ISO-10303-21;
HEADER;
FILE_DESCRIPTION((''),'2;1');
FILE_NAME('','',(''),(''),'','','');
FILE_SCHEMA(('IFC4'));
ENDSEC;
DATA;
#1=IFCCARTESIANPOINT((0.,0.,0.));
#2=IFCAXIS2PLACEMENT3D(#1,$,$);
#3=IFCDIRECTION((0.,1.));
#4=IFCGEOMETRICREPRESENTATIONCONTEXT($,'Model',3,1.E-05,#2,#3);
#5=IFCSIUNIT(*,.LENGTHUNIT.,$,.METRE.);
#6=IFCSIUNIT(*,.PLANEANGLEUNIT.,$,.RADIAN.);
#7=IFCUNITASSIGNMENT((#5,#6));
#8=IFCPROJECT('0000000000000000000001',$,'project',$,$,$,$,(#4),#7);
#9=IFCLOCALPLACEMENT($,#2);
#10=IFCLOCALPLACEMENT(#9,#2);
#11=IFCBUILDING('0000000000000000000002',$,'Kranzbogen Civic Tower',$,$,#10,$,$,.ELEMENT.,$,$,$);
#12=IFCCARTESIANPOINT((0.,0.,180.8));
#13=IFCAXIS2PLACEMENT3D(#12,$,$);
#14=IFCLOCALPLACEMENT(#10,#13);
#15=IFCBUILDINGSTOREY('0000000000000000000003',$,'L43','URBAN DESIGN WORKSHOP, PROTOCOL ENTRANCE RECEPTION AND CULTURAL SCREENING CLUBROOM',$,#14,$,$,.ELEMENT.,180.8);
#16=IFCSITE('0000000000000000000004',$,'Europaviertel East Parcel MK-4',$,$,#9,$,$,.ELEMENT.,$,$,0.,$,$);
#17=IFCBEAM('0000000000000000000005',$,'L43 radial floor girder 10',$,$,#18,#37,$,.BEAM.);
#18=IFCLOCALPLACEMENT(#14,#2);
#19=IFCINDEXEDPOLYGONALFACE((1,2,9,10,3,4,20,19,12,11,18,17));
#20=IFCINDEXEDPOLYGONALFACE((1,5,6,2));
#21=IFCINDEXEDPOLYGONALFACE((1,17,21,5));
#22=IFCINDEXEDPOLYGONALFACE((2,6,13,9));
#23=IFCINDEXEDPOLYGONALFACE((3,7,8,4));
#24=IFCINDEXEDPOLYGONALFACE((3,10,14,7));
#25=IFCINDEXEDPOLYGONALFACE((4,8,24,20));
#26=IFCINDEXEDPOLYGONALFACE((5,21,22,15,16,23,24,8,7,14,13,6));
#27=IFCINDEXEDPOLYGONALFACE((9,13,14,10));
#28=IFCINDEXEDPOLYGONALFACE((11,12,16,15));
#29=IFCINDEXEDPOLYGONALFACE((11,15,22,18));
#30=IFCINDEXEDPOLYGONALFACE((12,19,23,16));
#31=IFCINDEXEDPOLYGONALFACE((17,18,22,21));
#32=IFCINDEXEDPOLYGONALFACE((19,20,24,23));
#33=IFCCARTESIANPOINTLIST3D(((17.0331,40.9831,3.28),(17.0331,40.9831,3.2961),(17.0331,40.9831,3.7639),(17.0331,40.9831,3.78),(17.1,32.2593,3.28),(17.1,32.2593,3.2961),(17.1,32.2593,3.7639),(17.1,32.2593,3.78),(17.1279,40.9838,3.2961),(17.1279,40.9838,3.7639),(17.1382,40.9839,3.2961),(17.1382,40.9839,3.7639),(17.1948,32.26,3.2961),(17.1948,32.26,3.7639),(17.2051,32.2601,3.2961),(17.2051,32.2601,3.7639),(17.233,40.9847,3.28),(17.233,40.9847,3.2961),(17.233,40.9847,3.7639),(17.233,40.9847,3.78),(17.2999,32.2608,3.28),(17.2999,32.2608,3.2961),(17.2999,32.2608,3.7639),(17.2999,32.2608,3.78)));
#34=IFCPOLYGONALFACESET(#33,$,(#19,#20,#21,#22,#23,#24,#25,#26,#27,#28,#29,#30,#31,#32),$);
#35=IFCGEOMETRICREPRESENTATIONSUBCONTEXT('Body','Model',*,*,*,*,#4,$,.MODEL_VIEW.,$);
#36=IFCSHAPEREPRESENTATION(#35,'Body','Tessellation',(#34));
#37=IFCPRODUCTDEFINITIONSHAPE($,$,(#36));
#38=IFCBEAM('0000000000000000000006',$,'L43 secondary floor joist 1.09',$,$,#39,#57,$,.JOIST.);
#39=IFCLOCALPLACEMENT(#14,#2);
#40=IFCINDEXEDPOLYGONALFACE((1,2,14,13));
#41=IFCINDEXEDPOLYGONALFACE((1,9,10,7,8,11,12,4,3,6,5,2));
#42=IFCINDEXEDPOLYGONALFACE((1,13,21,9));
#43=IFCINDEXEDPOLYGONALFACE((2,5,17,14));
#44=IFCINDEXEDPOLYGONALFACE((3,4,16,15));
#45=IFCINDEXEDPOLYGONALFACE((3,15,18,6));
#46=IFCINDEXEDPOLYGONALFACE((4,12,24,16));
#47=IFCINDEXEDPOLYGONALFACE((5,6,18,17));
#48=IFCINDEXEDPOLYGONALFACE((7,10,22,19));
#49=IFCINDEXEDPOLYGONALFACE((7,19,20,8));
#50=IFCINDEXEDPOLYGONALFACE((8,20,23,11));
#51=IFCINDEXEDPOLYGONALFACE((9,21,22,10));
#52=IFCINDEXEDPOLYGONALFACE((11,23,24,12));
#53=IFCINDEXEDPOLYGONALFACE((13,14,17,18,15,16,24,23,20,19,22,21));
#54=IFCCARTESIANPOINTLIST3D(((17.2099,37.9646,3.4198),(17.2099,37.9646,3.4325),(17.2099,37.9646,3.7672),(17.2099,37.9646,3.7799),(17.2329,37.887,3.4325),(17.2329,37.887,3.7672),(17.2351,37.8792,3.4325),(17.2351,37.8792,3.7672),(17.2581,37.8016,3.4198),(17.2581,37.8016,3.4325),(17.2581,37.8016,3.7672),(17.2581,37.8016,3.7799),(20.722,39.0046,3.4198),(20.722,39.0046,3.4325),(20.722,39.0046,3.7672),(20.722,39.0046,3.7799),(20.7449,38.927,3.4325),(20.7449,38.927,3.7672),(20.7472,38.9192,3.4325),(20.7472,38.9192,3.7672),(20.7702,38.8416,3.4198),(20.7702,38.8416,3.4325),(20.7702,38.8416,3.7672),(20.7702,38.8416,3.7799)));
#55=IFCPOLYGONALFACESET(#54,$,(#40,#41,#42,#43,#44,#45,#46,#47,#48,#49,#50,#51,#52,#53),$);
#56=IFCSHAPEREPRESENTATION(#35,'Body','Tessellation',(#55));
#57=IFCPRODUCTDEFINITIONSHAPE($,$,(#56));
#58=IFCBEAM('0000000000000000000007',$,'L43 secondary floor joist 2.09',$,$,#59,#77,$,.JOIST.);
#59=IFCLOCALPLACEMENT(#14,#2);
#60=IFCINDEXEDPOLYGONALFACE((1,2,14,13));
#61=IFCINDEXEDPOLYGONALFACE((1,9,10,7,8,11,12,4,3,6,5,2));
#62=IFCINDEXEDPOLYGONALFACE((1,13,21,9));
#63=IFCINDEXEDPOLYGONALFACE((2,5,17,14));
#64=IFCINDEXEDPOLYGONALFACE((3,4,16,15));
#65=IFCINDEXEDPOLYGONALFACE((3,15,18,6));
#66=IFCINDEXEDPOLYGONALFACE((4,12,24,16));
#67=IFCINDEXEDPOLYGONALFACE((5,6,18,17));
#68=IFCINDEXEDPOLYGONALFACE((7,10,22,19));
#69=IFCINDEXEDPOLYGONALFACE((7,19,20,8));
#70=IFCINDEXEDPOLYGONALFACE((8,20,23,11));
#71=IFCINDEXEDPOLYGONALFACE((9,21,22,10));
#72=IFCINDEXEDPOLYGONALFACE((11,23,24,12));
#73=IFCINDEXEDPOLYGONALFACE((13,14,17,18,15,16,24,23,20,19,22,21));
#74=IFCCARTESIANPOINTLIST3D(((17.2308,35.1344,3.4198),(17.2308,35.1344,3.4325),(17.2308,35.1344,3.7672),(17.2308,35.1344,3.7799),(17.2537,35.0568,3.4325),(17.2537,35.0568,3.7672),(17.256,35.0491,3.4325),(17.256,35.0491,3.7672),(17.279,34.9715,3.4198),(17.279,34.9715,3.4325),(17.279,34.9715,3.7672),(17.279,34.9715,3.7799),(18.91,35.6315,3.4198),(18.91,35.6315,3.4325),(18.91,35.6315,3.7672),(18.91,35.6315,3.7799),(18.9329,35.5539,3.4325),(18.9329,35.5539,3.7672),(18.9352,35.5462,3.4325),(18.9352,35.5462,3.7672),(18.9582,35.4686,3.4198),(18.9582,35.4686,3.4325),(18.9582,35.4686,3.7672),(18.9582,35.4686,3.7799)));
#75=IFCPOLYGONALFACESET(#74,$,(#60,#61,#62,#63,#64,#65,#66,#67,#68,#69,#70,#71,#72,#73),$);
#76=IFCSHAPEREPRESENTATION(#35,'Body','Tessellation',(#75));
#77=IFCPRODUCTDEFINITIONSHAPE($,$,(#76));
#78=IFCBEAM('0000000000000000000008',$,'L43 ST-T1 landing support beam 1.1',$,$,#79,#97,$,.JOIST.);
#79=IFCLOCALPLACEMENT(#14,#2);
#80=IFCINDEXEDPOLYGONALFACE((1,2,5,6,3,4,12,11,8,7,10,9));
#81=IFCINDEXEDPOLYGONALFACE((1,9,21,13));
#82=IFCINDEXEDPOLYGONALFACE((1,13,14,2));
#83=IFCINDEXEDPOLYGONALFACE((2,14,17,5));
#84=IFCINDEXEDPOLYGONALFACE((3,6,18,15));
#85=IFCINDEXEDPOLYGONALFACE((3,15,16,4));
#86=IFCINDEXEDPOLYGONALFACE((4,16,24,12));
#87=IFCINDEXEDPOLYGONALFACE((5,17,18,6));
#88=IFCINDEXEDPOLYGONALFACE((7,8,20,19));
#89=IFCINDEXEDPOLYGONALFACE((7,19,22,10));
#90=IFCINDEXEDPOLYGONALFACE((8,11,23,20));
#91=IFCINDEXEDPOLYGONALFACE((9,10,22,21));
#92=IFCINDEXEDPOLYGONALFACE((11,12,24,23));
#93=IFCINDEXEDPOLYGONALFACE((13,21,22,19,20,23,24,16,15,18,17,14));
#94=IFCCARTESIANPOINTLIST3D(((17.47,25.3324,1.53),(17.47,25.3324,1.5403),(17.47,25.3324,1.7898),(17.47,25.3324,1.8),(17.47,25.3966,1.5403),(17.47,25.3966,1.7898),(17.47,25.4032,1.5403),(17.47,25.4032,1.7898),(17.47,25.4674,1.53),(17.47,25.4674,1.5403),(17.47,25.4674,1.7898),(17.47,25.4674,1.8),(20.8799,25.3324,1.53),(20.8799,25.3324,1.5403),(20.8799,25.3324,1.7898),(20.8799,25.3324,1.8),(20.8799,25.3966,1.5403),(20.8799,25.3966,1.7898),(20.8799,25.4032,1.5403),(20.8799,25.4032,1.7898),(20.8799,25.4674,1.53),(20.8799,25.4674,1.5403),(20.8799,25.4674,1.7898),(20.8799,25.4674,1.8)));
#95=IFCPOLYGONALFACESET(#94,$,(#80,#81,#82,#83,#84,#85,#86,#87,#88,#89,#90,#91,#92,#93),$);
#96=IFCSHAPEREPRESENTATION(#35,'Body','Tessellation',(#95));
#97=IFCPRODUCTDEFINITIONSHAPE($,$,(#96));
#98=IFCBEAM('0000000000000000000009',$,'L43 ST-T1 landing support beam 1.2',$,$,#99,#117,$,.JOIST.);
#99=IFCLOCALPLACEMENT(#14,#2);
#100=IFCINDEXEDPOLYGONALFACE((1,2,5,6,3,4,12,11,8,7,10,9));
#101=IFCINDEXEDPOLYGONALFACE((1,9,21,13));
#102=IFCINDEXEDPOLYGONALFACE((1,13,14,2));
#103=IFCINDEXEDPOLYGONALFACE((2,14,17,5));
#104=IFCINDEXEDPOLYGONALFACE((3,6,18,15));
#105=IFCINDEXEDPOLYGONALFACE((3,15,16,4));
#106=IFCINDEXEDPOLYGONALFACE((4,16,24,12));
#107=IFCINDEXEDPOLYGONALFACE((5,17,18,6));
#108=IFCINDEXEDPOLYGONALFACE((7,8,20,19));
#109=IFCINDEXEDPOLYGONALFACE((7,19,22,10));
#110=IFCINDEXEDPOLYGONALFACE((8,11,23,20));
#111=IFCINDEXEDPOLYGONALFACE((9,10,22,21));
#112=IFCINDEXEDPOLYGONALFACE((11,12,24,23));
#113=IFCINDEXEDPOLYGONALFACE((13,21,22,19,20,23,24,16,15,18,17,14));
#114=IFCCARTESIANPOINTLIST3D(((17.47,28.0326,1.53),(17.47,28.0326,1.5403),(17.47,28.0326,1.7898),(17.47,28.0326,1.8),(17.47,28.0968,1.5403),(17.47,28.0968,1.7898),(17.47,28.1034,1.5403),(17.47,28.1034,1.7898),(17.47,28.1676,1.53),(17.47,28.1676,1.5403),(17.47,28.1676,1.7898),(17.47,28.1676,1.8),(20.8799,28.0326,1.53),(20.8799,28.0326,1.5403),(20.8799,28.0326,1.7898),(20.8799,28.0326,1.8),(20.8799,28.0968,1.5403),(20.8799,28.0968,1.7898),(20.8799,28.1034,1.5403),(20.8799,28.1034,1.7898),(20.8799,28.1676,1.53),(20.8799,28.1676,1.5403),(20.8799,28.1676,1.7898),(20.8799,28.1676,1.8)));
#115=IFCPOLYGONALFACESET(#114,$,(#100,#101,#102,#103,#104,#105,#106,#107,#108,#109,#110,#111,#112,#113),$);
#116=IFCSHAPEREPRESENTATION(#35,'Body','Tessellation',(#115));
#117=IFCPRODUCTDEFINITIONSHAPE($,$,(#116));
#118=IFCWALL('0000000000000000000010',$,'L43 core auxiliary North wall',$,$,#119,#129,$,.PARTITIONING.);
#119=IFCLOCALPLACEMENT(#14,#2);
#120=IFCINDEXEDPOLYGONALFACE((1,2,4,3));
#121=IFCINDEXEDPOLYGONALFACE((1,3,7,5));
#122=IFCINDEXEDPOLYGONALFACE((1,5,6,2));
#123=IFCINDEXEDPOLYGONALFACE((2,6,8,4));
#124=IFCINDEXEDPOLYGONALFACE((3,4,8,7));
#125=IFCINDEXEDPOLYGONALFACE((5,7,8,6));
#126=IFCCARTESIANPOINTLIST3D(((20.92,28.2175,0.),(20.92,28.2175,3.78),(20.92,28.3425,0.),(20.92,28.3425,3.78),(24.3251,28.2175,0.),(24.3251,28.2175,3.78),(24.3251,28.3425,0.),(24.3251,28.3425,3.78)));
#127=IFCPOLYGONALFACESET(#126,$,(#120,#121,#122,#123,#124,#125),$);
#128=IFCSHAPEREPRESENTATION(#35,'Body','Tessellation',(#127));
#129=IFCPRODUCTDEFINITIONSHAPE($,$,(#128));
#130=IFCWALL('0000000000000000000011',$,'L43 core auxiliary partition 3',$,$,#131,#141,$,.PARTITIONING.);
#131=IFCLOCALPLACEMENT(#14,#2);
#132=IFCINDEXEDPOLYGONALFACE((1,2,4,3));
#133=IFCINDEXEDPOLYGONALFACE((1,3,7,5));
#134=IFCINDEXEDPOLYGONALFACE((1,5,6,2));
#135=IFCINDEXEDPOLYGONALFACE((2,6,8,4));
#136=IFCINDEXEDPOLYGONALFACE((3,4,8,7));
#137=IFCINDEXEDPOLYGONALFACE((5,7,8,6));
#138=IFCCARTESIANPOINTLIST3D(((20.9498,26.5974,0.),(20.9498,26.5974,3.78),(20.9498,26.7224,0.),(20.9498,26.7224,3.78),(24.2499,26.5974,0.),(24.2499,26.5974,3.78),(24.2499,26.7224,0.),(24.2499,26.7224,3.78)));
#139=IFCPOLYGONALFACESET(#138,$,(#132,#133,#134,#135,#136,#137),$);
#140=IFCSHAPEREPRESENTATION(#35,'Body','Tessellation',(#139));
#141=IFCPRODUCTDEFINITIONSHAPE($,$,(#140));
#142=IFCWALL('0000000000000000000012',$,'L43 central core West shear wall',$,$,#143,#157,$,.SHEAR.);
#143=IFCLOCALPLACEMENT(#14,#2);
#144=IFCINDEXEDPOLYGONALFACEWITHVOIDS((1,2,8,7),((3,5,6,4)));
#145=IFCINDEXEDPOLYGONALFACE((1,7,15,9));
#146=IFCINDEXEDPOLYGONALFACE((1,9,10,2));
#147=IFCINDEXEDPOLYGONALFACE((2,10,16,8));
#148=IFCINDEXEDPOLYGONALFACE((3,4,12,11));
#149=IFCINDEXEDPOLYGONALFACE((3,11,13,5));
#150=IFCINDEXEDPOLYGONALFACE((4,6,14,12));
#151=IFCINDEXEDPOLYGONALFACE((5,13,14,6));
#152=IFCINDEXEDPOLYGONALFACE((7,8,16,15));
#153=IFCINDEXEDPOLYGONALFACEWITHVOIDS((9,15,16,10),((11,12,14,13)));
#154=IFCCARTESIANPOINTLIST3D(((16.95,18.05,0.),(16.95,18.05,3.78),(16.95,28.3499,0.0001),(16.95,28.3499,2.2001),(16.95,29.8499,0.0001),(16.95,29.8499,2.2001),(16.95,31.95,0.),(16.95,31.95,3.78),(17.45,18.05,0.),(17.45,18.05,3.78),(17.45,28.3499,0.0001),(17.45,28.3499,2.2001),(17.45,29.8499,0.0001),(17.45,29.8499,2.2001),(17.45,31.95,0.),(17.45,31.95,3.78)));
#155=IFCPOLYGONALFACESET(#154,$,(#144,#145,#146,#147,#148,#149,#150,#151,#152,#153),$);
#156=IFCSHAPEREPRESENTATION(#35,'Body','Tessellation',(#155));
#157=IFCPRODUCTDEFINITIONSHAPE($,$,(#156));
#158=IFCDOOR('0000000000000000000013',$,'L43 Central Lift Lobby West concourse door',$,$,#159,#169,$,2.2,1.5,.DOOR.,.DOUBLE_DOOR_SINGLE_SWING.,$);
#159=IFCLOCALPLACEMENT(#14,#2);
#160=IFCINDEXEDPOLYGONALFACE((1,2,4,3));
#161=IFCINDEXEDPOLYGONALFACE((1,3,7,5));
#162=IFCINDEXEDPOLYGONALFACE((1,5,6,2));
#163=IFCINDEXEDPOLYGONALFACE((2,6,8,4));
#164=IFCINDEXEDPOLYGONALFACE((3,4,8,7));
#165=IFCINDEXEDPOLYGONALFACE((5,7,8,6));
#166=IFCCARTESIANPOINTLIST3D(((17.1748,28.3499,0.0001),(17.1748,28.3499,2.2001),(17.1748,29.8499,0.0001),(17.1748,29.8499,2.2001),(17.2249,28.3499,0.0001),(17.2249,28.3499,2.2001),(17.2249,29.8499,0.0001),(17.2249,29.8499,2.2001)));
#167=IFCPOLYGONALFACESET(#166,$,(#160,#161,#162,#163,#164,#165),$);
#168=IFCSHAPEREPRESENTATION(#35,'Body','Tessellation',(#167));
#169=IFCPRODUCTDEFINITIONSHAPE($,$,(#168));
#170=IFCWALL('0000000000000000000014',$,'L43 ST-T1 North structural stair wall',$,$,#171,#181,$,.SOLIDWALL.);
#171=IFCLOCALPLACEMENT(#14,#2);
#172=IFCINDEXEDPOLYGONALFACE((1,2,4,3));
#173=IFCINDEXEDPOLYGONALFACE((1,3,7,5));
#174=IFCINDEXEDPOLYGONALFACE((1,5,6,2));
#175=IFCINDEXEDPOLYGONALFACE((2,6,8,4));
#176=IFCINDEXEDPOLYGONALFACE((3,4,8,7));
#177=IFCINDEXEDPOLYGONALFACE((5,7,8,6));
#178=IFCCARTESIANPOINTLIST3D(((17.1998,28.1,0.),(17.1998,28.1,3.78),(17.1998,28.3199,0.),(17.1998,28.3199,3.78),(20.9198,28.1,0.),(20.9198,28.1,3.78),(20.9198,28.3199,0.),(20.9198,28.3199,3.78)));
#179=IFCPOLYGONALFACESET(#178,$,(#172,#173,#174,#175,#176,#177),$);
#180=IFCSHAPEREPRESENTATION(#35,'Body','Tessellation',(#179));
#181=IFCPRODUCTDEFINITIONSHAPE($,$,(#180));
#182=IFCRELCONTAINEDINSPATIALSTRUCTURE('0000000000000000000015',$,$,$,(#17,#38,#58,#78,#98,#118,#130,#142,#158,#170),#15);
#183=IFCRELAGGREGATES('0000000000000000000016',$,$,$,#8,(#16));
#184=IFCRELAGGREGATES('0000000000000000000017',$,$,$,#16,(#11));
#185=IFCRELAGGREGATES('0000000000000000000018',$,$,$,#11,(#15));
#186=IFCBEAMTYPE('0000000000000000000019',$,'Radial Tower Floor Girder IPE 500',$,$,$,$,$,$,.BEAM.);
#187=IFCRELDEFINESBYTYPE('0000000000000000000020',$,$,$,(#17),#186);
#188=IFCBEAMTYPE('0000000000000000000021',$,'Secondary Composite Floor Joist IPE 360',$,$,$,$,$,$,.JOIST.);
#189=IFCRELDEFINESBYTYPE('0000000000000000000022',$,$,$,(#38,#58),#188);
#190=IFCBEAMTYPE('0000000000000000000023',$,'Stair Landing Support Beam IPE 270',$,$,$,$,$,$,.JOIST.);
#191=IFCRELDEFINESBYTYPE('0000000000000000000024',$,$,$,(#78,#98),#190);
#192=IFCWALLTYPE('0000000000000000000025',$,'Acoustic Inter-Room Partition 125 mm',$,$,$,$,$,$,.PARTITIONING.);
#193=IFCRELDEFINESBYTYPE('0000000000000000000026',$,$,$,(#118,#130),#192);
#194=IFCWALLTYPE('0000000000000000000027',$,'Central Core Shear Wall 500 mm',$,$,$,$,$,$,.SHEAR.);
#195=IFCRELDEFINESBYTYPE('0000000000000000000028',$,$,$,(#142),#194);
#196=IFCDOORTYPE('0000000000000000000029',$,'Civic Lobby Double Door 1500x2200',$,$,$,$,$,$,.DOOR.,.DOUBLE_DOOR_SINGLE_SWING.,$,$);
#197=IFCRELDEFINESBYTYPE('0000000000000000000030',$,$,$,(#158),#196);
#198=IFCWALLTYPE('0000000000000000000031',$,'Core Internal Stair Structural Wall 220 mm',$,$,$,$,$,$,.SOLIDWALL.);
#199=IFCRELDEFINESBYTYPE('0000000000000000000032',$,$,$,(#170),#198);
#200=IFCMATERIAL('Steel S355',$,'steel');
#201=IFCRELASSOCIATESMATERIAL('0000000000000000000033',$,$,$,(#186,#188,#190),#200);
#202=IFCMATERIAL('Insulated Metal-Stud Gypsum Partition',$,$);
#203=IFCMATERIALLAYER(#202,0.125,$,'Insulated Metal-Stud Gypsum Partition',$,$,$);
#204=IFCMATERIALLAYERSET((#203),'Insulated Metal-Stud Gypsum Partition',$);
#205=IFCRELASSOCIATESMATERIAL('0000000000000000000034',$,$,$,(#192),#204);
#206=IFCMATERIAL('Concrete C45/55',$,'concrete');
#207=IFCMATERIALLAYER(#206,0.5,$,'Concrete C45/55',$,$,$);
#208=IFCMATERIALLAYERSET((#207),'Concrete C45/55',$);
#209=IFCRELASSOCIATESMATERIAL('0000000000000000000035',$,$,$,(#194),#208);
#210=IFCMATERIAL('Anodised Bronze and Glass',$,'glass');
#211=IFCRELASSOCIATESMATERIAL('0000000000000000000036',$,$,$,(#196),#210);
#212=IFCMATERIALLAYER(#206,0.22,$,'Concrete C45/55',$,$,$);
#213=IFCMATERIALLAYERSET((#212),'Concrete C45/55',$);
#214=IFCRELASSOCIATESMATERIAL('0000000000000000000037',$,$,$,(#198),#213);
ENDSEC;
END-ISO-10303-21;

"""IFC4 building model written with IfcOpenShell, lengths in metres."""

from ifc_helpers import new_model, si_unit, direction, frame, frame_2d, origin, origin_2d, place, context, subcontext, project, spatial, rectangle, i_section, extrude, material, layer, layer_set, material_profile, profile_set, type_object, element, fill, save


model = new_model("IFC4")

# Units and contexts
model_context = context("Model", 3, precision=1e-05, world=origin(), true_north=direction((0.0, 1.0)))
body_context = subcontext(model_context, "Body", "Model", "MODEL_VIEW")
ifc_project = project(units=[si_unit("LENGTHUNIT", "METRE"), si_unit("PLANEANGLEUNIT", "RADIAN")], contexts=[model_context])

# Site, building, storey
site_placement = place(None, origin())
site = spatial("IfcSite", under=ifc_project, at=site_placement, Name="Europaviertel East Parcel MK-4", CompositionType="ELEMENT", RefElevation=0.0)
building_placement = place(site_placement, origin())
building = spatial("IfcBuilding", under=site, at=building_placement, Name="Kranzbogen Civic Tower", CompositionType="ELEMENT")
storey_placement = place(building_placement, frame((0.0, 0.0, 180.8)))
storey = spatial("IfcBuildingStorey", under=building, at=storey_placement, Name="L43", Description="URBAN DESIGN WORKSHOP, PROTOCOL ENTRANCE RECEPTION AND CULTURAL SCREENING CLUBROOM", CompositionType="ELEMENT", Elevation=180.8)

# Shared definitions
ifc_material_1 = material(Name="Steel S355", Category="steel")

# Beams
ifc_material_profile_1 = material_profile(ifc_material_1, i_section(OverallWidth=0.2, OverallDepth=0.5, WebThickness=0.0103, FlangeThickness=0.0161, at=origin_2d()), Name="IPE 500")
ifc_profile_set_1 = profile_set([ifc_material_profile_1], Name="Steel S355")
beam_type_1 = type_object("IfcBeamType", Name="Radial Tower Floor Girder IPE 500", PredefinedType="BEAM", material=ifc_profile_set_1)
beam_1_placement = place(storey_placement, frame((17.1331, 40.9839, 3.53), z_axis=(0.007668, -0.999971, 0.0), x_axis=(0.999971, 0.007668, 0.0)))
element("IfcBeam", 1, at=beam_1_placement, inside=storey, type_object=beam_type_1, Name="L43 radial floor girder 10", PredefinedType="BEAM", context=body_context, shape_type="SweptSolid", body=[
    extrude(i_section(OverallWidth=0.2, OverallDepth=0.5, WebThickness=0.0103, FlangeThickness=0.0161, at=origin_2d()), origin(), (0.0, 0.0, 1.0), 8.7241),
])
ifc_material_profile_2 = material_profile(ifc_material_1, i_section(OverallWidth=0.1699, OverallDepth=0.3601, WebThickness=0.0081, FlangeThickness=0.0127, at=origin_2d()), Name="IPE 360")
ifc_profile_set_2 = profile_set([ifc_material_profile_2], Name="Steel S355")
beam_type_2 = type_object("IfcBeamType", Name="Secondary Composite Floor Joist IPE 360", PredefinedType="JOIST", material=ifc_profile_set_2)
beam_2_placement = place(storey_placement, frame((20.7461, 38.9231, 3.5999), z_axis=(-0.958844, -0.283934, 0.0), x_axis=(0.283934, -0.958844, 0.0)))
element("IfcBeam", 2, at=beam_2_placement, inside=storey, type_object=beam_type_2, Name="L43 secondary floor joist 1.09", PredefinedType="JOIST", context=body_context, shape_type="SweptSolid", body=[
    extrude(i_section(OverallWidth=0.1699, OverallDepth=0.3601, WebThickness=0.0081, FlangeThickness=0.0127, at=origin_2d()), origin(), (0.0, 0.0, 1.0), 3.6628),
])
beam_3_placement = place(storey_placement, frame((18.9341, 35.55, 3.5999), z_axis=(-0.958871, -0.283841, 0.0), x_axis=(0.283841, -0.958871, 0.0)))
element("IfcBeam", 3, at=beam_3_placement, inside=storey, type_object=beam_type_2, Name="L43 secondary floor joist 2.09", PredefinedType="JOIST", context=body_context, shape_type="SweptSolid", body=[
    extrude(i_section(OverallWidth=0.1699, OverallDepth=0.3601, WebThickness=0.0081, FlangeThickness=0.0127, at=origin_2d()), origin(), (0.0, 0.0, 1.0), 1.7512),
])
ifc_material_profile_3 = material_profile(ifc_material_1, i_section(OverallWidth=0.135, OverallDepth=0.27, WebThickness=0.0066, FlangeThickness=0.0103, at=origin_2d()), Name="IPE 270")
ifc_profile_set_3 = profile_set([ifc_material_profile_3], Name="Steel S355")
beam_type_3 = type_object("IfcBeamType", Name="Stair Landing Support Beam IPE 270", PredefinedType="JOIST", material=ifc_profile_set_3)
for number, where, z_axis, x_axis, name in (
    (4, (20.8799, 25.3999, 1.665), (-1.0, 0.0, 0.0), (0.0, -1.0, 0.0), "L43 ST-T1 landing support beam 1.1"),
    (5, (20.8799, 28.1001, 1.665), (-1.0, 0.0, 0.0), (0.0, -1.0, 0.0), "L43 ST-T1 landing support beam 1.2"),
):
    element("IfcBeam", number, at=place(storey_placement, frame(where, z_axis=z_axis, x_axis=x_axis)), inside=storey, type_object=beam_type_3, Name=name, PredefinedType="JOIST", context=body_context, shape_type="SweptSolid", body=[
        extrude(i_section(OverallWidth=0.135, OverallDepth=0.27, WebThickness=0.0066, FlangeThickness=0.0103, at=origin_2d()), origin(), (0.0, 0.0, 1.0), 3.4099),
    ])

# Walls
ifc_material_2 = material(Name="Insulated Metal-Stud Gypsum Partition")
ifc_layer_1 = layer(ifc_material_2, 0.125, Name="Insulated Metal-Stud Gypsum Partition")
ifc_layer_set_1 = layer_set([ifc_layer_1], Name="Insulated Metal-Stud Gypsum Partition")
wall_type_1 = type_object("IfcWallType", Name="Acoustic Inter-Room Partition 125 mm", PredefinedType="PARTITIONING", material=ifc_layer_set_1)
wall_1_placement = place(storey_placement, frame((20.9199, 28.28, 0.0), z_axis=(0.0, 0.0, 1.0), x_axis=(1.0, 0.0, 0.0)))
element("IfcWall", 6, at=wall_1_placement, inside=storey, type_object=wall_type_1, Name="L43 core auxiliary North wall", PredefinedType="PARTITIONING", context=body_context, shape_type="SweptSolid", body=[
    extrude(rectangle(XDim=3.405, YDim=0.125, at=frame_2d((1.7026, 0.0))), origin(), (0.0, 0.0, 1.0), 3.78),
])
wall_2_placement = place(storey_placement, frame((20.95, 26.6599, 0.0), z_axis=(0.0, 0.0, 1.0), x_axis=(1.0, 0.0, 0.0)))
element("IfcWall", 7, at=wall_2_placement, inside=storey, type_object=wall_type_1, Name="L43 core auxiliary partition 3", PredefinedType="PARTITIONING", context=body_context, shape_type="SweptSolid", body=[
    extrude(rectangle(XDim=3.3, YDim=0.125, at=frame_2d((1.6499, 0.0))), origin(), (0.0, 0.0, 1.0), 3.78),
])

# Wall, opening, door
ifc_material_3 = material(Name="Concrete C45/55", Category="concrete")
ifc_layer_2 = layer(ifc_material_3, 0.5, Name="Concrete C45/55")
ifc_layer_set_2 = layer_set([ifc_layer_2], Name="Concrete C45/55")
wall_type_2 = type_object("IfcWallType", Name="Central Core Shear Wall 500 mm", PredefinedType="SHEAR", material=ifc_layer_set_2)
wall_3_placement = place(storey_placement, frame((17.2, 31.95, 0.0), z_axis=(0.0, 0.0, 1.0), x_axis=(0.0, -1.0, 0.0)))
wall_3 = element("IfcWall", 8, at=wall_3_placement, inside=storey, type_object=wall_type_2, Name="L43 central core West shear wall", PredefinedType="SHEAR", context=body_context, shape_type="SweptSolid", body=[
    extrude(rectangle(XDim=13.8999, YDim=0.5, at=frame_2d((6.95, 0.0))), origin(), (0.0, 0.0, 1.0), 3.78),
])
opening_placement = place(wall_3_placement, frame((2.1001, 0.0, 0.0)))
opening = element("IfcOpeningElement", 9, at=opening_placement, cuts=wall_3, PredefinedType="OPENING", context=body_context, shape_type="SweptSolid", body=[
    extrude(rectangle(XDim=1.5, YDim=2.2, at=frame_2d((0.75, 1.1001))), frame((0.0, 0.26, 0.0), z_axis=(0.0, -1.0, 0.0), x_axis=(1.0, 0.0, 0.0)), (0.0, 0.0, 1.0), 0.52),
])
ifc_material_4 = material(Name="Anodised Bronze and Glass", Category="glass")
door_type = type_object("IfcDoorType", Name="Civic Lobby Double Door 1500x2200", OperationType="DOUBLE_DOOR_SINGLE_SWING", PredefinedType="DOOR", material=ifc_material_4)
door_placement = place(opening_placement, origin())
door = element("IfcDoor", 10, at=door_placement, inside=storey, type_object=door_type, Name="L43 Central Lift Lobby West concourse door", OperationType="DOUBLE_DOOR_SINGLE_SWING", OverallHeight=2.2, OverallWidth=1.5, PredefinedType="DOOR", context=body_context, shape_type="SweptSolid", body=[
    extrude(rectangle(XDim=1.5, YDim=2.2, at=frame_2d((0.75, 1.1001))), frame((0.0, 0.0249, 0.0), z_axis=(0.0, -1.0, 0.0), x_axis=(1.0, 0.0, 0.0)), (0.0, 0.0, 1.0), 0.05),
])
fill(opening, door)

# Wall
ifc_layer_3 = layer(ifc_material_3, 0.22, Name="Concrete C45/55")
ifc_layer_set_3 = layer_set([ifc_layer_3], Name="Concrete C45/55")
wall_type_3 = type_object("IfcWallType", Name="Core Internal Stair Structural Wall 220 mm", PredefinedType="SOLIDWALL", material=ifc_layer_set_3)
wall_4_placement = place(storey_placement, frame((17.2, 28.21, 0.0), z_axis=(0.0, 0.0, 1.0), x_axis=(1.0, 0.0, 0.0)))
element("IfcWall", 11, at=wall_4_placement, inside=storey, type_object=wall_type_3, Name="L43 ST-T1 North structural stair wall", PredefinedType="SOLIDWALL", context=body_context, shape_type="SweptSolid", body=[
    extrude(rectangle(XDim=3.72, YDim=0.22, at=frame_2d((1.8599, 0.0))), origin(), (0.0, 0.0, 1.0), 3.78),
])

save(model, "model.ifc")
